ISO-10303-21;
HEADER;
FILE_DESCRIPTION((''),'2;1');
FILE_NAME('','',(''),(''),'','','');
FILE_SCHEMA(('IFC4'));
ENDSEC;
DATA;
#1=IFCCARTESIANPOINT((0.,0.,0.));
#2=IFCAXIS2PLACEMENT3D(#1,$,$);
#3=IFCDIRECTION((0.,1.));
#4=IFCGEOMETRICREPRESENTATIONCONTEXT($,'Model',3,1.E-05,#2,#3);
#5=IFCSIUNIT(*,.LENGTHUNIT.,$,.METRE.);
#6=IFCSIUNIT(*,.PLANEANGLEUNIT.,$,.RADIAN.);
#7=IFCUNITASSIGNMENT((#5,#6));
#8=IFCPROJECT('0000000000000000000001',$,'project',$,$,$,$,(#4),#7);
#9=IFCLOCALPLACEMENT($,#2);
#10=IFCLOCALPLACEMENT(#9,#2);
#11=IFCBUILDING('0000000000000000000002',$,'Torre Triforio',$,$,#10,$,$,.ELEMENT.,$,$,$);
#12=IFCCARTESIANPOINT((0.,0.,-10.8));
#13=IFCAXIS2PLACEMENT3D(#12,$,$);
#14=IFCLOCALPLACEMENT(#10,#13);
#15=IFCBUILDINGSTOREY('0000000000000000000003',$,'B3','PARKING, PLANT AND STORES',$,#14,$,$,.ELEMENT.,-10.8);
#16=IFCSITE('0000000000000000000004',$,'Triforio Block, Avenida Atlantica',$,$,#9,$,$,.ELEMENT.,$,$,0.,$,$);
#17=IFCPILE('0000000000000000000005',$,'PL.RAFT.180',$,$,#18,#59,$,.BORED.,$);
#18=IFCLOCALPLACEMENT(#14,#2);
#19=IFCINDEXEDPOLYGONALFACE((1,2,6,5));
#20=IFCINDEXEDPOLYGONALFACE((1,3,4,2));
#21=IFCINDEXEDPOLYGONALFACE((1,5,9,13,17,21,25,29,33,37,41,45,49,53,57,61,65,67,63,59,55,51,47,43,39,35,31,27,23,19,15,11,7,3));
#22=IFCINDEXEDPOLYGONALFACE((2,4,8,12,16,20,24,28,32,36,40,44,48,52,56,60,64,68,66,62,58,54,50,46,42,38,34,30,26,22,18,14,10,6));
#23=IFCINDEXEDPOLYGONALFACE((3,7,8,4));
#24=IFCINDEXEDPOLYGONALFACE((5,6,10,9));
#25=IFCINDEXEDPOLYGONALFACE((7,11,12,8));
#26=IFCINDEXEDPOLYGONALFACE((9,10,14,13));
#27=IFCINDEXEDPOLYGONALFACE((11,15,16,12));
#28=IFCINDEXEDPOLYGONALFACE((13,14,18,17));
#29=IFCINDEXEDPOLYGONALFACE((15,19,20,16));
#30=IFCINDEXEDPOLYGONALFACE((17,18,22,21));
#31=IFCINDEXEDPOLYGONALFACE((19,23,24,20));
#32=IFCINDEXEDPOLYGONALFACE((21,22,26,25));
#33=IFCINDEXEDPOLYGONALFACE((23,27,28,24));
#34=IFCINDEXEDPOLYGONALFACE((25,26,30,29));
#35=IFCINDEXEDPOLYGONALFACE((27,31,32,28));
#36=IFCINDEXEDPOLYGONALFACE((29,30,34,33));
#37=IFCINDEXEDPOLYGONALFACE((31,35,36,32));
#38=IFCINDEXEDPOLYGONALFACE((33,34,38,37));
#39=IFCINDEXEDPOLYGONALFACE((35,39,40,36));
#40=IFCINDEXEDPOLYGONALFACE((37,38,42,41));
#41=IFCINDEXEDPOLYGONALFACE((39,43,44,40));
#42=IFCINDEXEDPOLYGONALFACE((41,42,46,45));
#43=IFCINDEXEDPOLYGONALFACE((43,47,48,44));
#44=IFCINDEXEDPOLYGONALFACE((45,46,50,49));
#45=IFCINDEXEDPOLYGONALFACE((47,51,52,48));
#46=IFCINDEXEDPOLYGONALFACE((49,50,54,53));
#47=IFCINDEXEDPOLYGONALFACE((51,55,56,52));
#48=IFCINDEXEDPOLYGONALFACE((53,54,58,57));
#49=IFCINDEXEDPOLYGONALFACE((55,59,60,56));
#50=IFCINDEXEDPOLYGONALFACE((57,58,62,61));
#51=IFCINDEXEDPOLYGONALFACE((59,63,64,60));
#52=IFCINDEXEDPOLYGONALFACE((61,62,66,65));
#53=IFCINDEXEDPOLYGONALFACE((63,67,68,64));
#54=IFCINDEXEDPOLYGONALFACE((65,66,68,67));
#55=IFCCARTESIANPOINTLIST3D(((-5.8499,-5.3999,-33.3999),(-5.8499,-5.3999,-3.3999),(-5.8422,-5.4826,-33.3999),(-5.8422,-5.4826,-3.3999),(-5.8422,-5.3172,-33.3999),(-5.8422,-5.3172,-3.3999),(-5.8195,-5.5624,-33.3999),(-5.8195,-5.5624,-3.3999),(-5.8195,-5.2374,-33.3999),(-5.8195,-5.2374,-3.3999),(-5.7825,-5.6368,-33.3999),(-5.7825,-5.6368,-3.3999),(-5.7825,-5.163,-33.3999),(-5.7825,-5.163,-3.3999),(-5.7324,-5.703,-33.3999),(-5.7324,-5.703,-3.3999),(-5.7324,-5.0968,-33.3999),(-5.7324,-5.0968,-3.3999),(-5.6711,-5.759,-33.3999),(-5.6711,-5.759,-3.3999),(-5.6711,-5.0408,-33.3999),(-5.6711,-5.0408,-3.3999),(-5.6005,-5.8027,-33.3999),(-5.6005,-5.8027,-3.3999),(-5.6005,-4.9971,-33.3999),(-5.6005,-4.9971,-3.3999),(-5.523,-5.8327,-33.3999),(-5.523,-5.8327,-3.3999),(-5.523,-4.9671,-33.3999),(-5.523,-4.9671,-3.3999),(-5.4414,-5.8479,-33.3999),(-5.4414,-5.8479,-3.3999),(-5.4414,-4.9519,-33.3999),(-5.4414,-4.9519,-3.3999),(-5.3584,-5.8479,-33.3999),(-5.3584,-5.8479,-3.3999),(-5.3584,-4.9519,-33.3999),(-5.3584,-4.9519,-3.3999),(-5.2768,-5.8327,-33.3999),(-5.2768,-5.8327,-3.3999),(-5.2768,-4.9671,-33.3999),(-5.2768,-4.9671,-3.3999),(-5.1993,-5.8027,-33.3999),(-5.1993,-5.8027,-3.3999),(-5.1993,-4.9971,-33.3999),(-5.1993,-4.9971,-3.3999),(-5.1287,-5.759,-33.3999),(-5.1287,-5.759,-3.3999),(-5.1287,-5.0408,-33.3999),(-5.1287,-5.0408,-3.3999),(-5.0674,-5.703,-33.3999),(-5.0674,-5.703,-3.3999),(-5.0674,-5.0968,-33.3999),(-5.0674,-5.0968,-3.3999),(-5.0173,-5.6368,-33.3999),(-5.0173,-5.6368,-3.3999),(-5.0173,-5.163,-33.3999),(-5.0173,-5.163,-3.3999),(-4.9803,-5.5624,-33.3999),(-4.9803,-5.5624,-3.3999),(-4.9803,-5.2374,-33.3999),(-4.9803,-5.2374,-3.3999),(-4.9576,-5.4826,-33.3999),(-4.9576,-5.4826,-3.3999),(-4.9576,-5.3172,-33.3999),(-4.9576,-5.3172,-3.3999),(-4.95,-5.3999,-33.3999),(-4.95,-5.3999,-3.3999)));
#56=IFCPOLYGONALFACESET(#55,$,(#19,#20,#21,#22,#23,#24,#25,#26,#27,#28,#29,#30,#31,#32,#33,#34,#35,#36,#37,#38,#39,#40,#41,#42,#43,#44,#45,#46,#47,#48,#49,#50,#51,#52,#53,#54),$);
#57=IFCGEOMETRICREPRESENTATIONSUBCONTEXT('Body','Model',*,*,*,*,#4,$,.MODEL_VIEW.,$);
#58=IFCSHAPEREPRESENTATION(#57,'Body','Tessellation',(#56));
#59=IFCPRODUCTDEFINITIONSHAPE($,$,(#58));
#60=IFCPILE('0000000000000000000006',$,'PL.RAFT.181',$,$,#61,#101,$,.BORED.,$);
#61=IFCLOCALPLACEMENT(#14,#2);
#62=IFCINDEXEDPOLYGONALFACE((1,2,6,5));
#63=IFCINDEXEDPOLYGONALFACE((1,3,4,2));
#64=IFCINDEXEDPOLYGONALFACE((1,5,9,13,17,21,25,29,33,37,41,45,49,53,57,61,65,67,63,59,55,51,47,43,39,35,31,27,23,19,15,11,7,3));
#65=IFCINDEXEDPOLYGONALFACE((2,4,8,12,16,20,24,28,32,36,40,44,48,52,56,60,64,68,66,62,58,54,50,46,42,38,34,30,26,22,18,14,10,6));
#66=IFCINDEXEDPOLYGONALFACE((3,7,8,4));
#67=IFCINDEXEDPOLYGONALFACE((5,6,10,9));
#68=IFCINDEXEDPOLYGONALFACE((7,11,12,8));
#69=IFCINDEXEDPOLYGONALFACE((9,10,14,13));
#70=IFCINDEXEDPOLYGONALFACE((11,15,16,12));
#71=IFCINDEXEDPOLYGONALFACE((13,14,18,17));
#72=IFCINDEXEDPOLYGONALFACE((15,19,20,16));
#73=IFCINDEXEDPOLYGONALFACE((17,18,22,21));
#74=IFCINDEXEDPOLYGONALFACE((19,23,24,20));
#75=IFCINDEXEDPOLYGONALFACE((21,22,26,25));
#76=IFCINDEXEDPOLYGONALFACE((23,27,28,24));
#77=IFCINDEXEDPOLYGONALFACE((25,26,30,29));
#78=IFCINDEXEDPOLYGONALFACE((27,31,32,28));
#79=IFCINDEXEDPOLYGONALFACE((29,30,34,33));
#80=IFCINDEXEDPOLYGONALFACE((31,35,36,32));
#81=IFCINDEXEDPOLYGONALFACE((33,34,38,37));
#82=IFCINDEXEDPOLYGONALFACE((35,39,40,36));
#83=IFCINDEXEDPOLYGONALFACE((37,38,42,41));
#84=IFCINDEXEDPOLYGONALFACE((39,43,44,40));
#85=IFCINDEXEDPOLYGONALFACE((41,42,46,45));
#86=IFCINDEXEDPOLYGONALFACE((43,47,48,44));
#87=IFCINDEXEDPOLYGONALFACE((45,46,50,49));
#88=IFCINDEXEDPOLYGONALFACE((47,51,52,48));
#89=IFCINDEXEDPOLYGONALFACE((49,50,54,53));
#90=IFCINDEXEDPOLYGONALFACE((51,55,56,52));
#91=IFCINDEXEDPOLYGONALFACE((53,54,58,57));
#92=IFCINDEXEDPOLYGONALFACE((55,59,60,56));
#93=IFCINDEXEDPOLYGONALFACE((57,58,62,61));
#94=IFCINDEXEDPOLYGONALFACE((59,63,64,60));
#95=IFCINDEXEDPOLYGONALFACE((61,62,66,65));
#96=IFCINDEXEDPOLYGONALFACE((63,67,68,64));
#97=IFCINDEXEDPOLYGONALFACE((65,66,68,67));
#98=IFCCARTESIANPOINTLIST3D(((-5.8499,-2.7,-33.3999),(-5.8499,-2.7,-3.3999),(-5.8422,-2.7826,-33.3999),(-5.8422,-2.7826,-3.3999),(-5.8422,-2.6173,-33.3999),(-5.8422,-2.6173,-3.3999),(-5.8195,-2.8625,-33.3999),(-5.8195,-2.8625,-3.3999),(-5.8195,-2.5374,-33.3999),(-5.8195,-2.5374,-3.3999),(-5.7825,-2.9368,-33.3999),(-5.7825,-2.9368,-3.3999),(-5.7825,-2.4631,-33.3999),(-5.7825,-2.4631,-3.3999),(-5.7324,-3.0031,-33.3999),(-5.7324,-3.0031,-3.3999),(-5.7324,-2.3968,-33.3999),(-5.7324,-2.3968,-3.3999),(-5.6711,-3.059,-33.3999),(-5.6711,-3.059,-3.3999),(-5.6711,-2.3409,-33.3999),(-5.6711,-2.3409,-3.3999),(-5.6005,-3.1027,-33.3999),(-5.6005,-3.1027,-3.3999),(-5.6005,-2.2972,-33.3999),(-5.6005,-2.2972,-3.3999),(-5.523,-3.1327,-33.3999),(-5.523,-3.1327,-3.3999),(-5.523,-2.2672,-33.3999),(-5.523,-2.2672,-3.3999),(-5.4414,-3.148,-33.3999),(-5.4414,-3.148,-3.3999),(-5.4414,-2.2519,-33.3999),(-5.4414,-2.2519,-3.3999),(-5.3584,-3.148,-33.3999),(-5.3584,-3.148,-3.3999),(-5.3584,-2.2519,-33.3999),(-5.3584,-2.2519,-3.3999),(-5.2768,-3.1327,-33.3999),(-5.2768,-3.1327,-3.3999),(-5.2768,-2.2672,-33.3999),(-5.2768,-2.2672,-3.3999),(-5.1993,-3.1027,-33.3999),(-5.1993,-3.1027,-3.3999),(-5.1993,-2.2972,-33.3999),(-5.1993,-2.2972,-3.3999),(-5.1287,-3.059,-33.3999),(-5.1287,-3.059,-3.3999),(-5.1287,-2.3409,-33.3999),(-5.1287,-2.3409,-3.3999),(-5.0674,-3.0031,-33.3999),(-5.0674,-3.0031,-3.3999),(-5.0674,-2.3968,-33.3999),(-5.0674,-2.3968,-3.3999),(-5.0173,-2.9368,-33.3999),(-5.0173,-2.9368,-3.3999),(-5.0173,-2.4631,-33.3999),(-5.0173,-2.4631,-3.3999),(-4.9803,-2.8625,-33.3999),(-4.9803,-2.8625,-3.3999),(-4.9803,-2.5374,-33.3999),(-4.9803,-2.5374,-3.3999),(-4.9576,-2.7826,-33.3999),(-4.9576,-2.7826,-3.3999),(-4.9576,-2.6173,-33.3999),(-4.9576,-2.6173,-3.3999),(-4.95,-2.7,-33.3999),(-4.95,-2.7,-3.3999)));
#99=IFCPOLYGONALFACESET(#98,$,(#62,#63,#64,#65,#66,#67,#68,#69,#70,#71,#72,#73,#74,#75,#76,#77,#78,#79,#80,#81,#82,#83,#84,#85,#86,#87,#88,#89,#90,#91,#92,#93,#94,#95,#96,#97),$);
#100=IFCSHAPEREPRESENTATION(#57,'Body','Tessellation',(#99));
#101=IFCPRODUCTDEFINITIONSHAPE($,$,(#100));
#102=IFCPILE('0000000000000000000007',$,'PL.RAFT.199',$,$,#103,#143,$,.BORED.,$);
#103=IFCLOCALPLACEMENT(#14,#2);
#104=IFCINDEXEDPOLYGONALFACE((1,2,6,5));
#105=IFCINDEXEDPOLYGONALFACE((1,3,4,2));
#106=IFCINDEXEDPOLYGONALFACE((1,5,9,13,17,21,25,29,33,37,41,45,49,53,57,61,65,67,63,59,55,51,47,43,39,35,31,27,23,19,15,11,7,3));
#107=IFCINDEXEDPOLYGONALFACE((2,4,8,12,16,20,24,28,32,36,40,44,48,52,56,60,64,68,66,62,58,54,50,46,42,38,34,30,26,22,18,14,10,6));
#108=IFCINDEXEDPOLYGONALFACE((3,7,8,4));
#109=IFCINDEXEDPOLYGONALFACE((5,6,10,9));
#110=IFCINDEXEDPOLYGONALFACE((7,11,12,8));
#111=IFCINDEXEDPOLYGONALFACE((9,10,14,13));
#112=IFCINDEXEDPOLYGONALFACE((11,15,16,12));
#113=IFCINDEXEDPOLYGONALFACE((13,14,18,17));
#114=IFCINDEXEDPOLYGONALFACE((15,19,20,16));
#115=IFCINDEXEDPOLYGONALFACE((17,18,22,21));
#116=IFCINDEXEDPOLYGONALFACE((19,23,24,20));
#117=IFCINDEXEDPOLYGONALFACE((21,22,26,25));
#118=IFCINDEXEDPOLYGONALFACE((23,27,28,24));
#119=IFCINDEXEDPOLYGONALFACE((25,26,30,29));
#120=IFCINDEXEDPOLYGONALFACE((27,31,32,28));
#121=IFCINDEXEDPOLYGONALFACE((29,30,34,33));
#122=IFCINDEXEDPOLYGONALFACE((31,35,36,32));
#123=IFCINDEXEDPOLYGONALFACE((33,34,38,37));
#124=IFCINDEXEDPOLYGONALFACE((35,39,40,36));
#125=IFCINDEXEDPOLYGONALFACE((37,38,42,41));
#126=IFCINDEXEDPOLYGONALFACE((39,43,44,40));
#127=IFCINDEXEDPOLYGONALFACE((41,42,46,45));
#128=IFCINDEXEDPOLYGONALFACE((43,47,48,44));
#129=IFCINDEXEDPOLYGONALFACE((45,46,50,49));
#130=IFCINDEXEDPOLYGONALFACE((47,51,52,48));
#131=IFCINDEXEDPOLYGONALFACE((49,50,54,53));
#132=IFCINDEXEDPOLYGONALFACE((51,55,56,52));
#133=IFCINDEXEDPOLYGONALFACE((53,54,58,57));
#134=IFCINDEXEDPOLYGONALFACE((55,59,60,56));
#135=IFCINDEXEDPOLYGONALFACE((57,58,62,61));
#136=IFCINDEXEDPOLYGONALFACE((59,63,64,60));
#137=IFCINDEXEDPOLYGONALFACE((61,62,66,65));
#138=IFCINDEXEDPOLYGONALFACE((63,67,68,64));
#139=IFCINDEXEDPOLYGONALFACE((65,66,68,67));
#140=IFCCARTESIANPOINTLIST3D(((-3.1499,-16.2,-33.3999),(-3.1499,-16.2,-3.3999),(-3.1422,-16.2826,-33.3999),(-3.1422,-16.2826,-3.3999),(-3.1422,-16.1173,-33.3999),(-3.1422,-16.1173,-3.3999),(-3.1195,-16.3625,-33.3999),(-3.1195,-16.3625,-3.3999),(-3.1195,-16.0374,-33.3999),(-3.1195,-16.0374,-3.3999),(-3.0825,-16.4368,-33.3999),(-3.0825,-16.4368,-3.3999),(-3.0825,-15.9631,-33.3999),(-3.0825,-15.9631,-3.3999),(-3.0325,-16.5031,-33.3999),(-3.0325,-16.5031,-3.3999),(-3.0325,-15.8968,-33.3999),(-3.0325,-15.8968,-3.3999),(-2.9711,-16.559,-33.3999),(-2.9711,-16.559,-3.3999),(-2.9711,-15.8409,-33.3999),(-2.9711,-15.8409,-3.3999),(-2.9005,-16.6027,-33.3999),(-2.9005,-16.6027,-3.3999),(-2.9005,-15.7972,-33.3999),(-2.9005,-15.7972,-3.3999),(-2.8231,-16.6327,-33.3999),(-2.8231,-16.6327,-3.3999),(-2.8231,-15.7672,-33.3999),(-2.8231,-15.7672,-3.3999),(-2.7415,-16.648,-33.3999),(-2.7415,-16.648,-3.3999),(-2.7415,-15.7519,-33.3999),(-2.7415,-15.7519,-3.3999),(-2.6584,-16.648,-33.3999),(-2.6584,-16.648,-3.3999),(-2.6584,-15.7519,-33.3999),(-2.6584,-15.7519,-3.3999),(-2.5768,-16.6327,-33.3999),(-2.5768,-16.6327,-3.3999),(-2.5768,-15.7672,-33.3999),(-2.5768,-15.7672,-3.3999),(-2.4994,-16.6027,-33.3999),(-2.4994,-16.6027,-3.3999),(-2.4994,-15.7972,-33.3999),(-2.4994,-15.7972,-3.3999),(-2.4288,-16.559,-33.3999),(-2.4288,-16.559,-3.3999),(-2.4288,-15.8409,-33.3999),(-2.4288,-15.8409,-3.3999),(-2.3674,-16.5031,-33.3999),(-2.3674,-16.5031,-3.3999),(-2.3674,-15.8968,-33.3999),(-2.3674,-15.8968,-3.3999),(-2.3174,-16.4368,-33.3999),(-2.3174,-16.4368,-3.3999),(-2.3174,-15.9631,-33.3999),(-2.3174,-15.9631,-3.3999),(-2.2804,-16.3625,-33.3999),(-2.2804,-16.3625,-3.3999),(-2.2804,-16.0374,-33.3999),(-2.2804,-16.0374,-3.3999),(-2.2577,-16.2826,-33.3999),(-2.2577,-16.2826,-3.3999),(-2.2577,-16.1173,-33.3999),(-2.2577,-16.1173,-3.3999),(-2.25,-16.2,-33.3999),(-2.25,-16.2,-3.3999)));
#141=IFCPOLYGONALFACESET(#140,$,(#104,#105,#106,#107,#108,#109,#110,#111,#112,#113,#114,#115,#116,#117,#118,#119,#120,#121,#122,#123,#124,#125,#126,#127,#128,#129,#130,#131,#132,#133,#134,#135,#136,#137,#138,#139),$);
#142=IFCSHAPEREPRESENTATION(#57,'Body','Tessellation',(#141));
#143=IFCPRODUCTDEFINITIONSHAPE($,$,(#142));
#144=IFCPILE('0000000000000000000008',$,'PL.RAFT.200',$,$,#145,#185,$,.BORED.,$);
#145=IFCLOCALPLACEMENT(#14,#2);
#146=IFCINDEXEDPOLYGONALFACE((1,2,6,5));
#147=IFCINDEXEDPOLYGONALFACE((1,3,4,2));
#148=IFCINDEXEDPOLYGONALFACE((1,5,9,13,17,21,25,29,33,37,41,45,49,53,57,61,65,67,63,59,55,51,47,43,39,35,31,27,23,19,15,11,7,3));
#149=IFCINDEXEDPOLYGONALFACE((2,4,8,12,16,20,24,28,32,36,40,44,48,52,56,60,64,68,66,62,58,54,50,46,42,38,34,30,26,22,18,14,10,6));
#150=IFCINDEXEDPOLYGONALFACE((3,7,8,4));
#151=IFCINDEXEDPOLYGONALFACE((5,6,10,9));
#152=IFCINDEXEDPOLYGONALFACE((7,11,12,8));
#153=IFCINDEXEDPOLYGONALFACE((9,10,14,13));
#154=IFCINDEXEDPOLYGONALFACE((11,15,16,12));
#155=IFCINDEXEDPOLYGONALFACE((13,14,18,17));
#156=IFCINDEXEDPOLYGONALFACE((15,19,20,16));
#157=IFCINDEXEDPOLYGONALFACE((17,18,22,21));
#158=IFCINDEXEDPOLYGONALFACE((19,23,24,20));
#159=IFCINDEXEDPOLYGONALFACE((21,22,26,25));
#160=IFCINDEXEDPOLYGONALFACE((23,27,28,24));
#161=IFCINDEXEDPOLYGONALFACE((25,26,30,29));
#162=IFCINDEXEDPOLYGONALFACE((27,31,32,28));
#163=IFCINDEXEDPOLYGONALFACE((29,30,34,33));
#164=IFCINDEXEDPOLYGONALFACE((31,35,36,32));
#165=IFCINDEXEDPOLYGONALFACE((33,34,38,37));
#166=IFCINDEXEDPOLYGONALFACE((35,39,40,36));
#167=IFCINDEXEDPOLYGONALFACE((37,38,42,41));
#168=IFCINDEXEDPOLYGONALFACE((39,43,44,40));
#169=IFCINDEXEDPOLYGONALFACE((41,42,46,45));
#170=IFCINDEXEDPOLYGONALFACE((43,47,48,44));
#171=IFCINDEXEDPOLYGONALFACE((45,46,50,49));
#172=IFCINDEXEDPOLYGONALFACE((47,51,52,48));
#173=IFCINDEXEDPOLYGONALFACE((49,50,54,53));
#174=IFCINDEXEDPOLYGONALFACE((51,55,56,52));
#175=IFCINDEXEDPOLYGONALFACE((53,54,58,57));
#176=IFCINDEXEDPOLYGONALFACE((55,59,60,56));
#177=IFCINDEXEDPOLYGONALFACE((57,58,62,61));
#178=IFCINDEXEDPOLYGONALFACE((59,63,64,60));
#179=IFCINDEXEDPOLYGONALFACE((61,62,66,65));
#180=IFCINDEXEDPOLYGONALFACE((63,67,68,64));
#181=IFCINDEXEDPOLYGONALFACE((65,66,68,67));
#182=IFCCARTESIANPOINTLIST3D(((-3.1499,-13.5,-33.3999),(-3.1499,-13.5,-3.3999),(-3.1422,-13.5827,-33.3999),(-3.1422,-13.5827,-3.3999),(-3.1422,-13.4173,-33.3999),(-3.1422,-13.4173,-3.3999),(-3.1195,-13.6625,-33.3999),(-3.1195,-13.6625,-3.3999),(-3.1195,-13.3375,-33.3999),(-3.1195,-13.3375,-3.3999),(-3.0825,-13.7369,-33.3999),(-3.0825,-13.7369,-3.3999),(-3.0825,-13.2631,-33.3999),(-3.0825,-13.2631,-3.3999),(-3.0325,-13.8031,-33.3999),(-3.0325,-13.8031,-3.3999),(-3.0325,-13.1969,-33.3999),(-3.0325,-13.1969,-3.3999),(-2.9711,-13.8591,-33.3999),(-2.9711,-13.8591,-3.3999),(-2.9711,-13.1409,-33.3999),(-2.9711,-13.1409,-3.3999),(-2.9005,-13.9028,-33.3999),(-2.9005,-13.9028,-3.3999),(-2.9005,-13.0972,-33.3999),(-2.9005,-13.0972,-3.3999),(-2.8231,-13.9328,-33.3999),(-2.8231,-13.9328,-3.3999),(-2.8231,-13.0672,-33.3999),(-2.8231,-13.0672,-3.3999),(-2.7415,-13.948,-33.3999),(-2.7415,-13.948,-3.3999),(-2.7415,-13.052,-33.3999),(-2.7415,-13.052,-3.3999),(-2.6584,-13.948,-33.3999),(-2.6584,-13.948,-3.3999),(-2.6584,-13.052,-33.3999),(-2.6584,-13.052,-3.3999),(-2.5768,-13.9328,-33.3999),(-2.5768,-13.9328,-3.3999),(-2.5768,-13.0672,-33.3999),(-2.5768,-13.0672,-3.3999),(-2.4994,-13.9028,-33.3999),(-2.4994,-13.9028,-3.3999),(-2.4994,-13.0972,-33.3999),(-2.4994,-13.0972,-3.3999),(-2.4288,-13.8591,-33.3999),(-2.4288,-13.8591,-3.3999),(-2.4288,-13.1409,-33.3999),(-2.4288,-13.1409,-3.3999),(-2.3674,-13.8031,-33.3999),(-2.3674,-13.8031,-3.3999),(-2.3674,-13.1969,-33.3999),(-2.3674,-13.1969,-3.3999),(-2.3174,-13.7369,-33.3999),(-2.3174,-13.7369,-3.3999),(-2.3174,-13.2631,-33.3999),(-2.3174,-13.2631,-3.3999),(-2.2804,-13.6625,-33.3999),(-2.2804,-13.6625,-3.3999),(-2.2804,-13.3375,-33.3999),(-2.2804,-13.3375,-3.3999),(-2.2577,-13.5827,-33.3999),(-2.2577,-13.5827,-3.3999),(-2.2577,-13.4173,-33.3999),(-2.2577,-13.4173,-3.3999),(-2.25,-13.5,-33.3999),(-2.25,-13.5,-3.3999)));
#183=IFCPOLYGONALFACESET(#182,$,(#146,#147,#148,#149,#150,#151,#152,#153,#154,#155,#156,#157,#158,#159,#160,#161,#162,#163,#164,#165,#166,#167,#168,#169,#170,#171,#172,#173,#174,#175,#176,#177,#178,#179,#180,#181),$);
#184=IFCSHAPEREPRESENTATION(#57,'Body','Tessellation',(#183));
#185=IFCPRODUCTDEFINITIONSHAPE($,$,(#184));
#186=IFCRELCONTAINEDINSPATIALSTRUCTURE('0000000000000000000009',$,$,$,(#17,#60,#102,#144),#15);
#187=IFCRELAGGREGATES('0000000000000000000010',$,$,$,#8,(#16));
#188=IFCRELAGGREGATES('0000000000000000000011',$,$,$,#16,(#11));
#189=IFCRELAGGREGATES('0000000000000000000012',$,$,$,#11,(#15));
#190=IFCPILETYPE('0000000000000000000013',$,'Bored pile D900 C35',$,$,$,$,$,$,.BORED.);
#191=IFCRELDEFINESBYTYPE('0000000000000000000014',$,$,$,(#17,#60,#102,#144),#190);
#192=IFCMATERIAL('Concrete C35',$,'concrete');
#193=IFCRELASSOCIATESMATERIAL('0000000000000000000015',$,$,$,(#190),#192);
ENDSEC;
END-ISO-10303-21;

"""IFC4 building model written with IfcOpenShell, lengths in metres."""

from ifc_helpers import new_model, si_unit, direction, frame, origin, origin_2d, place, context, subcontext, project, spatial, circle, extrude, material, material_profile, profile_set, type_object, element, save


model = new_model("IFC4")

# Units and contexts
model_context = context("Model", 3, precision=1e-05, world=origin(), true_north=direction((0.0, 1.0)))
body_context = subcontext(model_context, "Body", "Model", "MODEL_VIEW")
ifc_project = project(units=[si_unit("LENGTHUNIT", "METRE"), si_unit("PLANEANGLEUNIT", "RADIAN")], contexts=[model_context])

# Site, building, storey
site_placement = place(None, origin())
site = spatial("IfcSite", under=ifc_project, at=site_placement, Name="Triforio Block, Avenida Atlantica", CompositionType="ELEMENT", RefElevation=0.0)
building_placement = place(site_placement, origin())
building = spatial("IfcBuilding", under=site, at=building_placement, Name="Torre Triforio", CompositionType="ELEMENT")
storey_placement = place(building_placement, frame((0.0, 0.0, -10.8)))
storey = spatial("IfcBuildingStorey", under=building, at=storey_placement, Name="B3", Description="PARKING, PLANT AND STORES", CompositionType="ELEMENT", Elevation=-10.8)

# Piles
ifc_material_1 = material(Name="Concrete C35", Category="concrete")
ifc_material_profile_1 = material_profile(ifc_material_1, circle(Radius=0.45, at=origin_2d()), Name="RC D900")
ifc_profile_set_1 = profile_set([ifc_material_profile_1], Name="Concrete C35")
pile_type = type_object("IfcPileType", Name="Bored pile D900 C35", PredefinedType="BORED", material=ifc_profile_set_1)
for number, where, z_axis, x_axis, name in (
    (1, (-5.3999, -5.3999, -3.3999), (0.0, 0.0, -1.0), (1.0, 0.0, 0.0), "PL.RAFT.180"),
    (2, (-5.3999, -2.7, -3.3999), (0.0, 0.0, -1.0), (1.0, 0.0, 0.0), "PL.RAFT.181"),
    (3, (-2.7, -16.2, -3.3999), (0.0, 0.0, -1.0), (1.0, 0.0, 0.0), "PL.RAFT.199"),
    (4, (-2.7, -13.5, -3.3999), (0.0, 0.0, -1.0), (1.0, 0.0, 0.0), "PL.RAFT.200"),
):
    element("IfcPile", number, at=place(storey_placement, frame(where, z_axis=z_axis, x_axis=x_axis)), inside=storey, type_object=pile_type, Name=name, PredefinedType="BORED", context=body_context, shape_type="SweptSolid", body=[
        extrude(circle(Radius=0.45, at=origin_2d()), origin(), (0.0, 0.0, 1.0), 30.0),
    ])

save(model, "model.ifc")
